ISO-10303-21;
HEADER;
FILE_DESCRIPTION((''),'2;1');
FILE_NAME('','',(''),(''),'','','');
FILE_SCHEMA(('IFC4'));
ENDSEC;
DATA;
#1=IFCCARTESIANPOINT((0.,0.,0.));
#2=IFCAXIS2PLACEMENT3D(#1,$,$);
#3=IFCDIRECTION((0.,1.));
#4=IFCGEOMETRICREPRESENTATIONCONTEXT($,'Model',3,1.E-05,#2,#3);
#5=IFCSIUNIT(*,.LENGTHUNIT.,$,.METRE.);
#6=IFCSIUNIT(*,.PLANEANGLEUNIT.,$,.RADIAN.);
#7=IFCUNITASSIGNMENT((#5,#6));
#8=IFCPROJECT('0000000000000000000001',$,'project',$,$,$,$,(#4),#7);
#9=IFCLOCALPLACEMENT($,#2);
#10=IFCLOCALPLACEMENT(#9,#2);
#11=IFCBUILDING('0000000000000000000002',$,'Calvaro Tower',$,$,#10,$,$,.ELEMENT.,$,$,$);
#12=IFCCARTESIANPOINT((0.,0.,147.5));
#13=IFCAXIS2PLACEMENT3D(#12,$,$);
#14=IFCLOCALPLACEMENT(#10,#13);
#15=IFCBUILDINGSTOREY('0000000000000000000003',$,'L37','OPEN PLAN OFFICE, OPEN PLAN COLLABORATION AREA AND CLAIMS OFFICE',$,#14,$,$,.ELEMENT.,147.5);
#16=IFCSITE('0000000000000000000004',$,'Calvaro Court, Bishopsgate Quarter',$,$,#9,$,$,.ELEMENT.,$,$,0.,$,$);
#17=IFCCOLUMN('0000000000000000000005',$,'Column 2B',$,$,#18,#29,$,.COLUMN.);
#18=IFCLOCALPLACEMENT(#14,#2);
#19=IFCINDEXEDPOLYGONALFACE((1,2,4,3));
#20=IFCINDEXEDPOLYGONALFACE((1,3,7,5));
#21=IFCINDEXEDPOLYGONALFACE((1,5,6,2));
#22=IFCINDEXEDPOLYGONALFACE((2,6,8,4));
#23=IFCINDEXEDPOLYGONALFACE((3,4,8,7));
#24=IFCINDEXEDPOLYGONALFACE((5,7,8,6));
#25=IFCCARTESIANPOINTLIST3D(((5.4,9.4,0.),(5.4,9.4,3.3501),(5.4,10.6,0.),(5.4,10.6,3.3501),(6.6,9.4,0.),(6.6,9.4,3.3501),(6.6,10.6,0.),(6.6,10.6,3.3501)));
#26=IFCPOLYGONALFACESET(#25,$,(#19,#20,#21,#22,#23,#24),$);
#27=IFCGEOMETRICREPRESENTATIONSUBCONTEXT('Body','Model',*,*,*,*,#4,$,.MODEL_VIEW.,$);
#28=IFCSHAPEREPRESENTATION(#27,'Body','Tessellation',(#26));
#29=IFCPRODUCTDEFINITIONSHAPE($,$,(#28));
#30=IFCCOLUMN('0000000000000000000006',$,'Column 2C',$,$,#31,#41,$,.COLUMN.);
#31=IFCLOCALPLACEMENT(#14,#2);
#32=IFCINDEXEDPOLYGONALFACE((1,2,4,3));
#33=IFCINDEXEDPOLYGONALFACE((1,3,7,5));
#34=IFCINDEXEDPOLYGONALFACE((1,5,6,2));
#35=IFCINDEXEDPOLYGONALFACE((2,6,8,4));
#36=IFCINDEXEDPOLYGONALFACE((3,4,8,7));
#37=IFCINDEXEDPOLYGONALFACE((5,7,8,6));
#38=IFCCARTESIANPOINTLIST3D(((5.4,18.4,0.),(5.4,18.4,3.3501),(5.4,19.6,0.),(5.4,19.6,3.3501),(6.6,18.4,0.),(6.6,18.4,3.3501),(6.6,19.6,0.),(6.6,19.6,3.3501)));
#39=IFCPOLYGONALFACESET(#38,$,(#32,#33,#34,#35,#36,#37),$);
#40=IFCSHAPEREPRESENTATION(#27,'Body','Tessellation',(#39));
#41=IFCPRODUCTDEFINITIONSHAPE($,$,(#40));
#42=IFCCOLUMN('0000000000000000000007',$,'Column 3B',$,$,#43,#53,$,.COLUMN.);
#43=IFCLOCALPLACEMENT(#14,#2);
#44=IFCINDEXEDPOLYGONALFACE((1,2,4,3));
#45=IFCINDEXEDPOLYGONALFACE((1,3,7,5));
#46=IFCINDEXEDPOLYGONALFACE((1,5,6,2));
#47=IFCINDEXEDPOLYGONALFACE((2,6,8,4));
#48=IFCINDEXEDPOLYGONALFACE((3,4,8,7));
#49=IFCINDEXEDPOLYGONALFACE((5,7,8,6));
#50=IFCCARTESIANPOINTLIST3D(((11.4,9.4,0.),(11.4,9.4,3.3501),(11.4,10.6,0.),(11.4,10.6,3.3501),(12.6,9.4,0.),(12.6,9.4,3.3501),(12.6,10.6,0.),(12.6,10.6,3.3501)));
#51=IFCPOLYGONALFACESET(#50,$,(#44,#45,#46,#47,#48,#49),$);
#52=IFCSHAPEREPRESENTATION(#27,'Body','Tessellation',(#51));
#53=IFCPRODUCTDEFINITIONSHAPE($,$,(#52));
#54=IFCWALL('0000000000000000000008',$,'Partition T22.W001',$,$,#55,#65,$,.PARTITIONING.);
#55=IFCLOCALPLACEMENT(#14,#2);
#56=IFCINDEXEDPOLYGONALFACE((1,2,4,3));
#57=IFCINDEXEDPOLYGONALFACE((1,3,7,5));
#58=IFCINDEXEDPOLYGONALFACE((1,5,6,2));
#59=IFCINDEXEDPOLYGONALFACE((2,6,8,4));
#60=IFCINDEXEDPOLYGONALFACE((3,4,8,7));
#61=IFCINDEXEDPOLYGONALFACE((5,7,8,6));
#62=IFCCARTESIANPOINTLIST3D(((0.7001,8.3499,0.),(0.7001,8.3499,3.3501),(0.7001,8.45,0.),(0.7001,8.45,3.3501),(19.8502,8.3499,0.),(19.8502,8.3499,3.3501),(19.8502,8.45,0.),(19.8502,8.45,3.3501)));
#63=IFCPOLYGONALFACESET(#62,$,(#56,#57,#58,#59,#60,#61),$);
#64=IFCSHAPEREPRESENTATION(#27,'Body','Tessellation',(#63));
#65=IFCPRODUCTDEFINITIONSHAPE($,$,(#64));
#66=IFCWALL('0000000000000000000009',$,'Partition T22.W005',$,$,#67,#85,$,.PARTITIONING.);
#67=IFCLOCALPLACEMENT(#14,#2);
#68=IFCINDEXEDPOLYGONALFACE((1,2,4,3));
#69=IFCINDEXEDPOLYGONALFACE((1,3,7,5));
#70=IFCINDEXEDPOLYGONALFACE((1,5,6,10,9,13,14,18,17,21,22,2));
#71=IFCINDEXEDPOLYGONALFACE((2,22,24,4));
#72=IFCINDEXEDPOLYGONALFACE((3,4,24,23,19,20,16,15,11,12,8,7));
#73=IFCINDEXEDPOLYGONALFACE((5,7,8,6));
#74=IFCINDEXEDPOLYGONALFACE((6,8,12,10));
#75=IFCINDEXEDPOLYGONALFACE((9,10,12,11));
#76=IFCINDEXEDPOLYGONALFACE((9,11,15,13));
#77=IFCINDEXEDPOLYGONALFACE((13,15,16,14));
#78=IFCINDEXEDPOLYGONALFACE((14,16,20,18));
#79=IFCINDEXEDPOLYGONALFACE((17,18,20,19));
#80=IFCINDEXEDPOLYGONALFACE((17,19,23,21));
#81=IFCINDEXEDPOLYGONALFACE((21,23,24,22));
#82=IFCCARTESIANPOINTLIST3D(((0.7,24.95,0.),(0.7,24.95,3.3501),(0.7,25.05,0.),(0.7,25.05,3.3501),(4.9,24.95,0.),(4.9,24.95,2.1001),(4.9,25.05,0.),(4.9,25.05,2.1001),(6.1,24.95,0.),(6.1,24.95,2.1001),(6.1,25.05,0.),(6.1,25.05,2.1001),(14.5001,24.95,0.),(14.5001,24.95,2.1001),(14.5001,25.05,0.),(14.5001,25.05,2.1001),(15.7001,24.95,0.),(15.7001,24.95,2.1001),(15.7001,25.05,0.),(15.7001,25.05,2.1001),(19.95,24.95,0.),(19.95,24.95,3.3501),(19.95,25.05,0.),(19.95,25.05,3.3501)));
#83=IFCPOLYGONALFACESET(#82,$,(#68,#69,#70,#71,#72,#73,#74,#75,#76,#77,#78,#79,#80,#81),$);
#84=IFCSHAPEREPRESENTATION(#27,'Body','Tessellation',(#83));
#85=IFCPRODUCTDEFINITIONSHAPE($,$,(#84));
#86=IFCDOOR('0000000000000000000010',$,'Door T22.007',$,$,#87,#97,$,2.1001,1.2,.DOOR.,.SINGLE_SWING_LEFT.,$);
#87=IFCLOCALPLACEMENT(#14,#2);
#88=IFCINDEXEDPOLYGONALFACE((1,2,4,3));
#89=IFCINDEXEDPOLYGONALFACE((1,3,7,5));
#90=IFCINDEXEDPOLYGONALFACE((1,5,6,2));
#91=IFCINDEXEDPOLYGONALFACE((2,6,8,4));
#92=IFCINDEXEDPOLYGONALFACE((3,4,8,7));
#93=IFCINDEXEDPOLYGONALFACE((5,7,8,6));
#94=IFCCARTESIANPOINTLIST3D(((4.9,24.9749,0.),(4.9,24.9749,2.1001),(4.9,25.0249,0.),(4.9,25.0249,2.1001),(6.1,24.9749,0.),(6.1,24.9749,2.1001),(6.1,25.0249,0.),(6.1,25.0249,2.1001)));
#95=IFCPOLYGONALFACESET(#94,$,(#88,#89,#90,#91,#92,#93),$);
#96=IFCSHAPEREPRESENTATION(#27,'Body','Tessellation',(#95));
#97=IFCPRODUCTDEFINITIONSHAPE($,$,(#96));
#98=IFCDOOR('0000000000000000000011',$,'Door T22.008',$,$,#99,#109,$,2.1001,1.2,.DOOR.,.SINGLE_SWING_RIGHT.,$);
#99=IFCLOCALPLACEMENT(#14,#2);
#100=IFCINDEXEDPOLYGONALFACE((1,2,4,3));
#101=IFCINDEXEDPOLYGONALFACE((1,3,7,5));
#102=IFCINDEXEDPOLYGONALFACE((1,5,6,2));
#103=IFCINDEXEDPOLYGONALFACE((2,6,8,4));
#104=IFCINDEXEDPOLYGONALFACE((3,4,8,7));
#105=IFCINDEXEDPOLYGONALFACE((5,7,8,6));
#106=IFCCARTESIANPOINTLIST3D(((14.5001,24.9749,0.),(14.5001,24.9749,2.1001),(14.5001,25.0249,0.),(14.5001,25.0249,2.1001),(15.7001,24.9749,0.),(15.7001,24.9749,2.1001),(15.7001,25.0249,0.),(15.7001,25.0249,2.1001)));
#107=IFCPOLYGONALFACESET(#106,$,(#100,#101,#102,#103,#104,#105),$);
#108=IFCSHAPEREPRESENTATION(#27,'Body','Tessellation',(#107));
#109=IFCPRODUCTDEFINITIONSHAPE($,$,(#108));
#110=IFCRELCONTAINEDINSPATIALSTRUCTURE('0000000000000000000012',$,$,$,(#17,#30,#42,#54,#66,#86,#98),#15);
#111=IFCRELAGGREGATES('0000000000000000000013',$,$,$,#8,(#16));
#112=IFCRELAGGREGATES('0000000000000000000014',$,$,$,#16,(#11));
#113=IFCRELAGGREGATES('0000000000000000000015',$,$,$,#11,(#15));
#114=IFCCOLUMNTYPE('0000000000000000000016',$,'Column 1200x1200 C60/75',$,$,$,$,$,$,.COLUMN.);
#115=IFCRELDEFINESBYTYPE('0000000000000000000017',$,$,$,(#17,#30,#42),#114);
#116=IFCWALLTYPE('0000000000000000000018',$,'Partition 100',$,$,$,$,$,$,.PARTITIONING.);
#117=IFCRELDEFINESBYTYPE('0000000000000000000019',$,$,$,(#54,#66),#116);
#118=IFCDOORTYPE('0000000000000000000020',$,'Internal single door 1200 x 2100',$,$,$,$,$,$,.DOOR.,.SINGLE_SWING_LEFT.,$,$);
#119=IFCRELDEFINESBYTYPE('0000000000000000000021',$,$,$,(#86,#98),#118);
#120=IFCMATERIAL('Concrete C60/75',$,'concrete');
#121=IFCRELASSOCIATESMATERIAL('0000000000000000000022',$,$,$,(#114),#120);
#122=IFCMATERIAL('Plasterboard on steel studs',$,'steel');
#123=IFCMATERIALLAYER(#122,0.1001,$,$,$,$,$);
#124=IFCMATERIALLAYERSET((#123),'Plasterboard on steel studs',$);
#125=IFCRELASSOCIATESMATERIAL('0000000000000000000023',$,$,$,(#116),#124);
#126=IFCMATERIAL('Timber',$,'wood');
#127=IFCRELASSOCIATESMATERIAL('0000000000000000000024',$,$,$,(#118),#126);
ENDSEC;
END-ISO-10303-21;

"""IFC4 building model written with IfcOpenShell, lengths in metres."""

from ifc_helpers import new_model, si_unit, direction, frame, frame_2d, origin, origin_2d, place, context, subcontext, project, spatial, rectangle, extrude, material, layer, layer_set, material_profile, profile_set, type_object, element, fill, save


model = new_model("IFC4")

# Units and contexts
model_context = context("Model", 3, precision=1e-05, world=origin(), true_north=direction((0.0, 1.0)))
body_context = subcontext(model_context, "Body", "Model", "MODEL_VIEW")
ifc_project = project(units=[si_unit("LENGTHUNIT", "METRE"), si_unit("PLANEANGLEUNIT", "RADIAN")], contexts=[model_context])

# Site, building, storey
site_placement = place(None, origin())
site = spatial("IfcSite", under=ifc_project, at=site_placement, Name="Calvaro Court, Bishopsgate Quarter", CompositionType="ELEMENT", RefElevation=0.0)
building_placement = place(site_placement, origin())
building = spatial("IfcBuilding", under=site, at=building_placement, Name="Calvaro Tower", CompositionType="ELEMENT")
storey_placement = place(building_placement, frame((0.0, 0.0, 147.5)))
storey = spatial("IfcBuildingStorey", under=building, at=storey_placement, Name="L37", Description="OPEN PLAN OFFICE, OPEN PLAN COLLABORATION AREA AND CLAIMS OFFICE", CompositionType="ELEMENT", Elevation=147.5)

# Columns
ifc_material_1 = material(Name="Concrete C60/75", Category="concrete")
ifc_material_profile = material_profile(ifc_material_1, rectangle(XDim=1.2, YDim=1.2, at=origin_2d()), Name="RC 1200x1200")
ifc_profile_set = profile_set([ifc_material_profile], Name="Concrete C60/75")
column_type = type_object("IfcColumnType", Name="Column 1200x1200 C60/75", PredefinedType="COLUMN", material=ifc_profile_set)
for number, where, z_axis, x_axis, name in (
    (1, (6.0, 10.0, 0.0), (0.0, 0.0, 1.0), (1.0, 0.0, 0.0), "Column 2B"),
    (2, (6.0, 19.0, 0.0), (0.0, 0.0, 1.0), (1.0, 0.0, 0.0), "Column 2C"),
    (3, (12.0, 10.0, 0.0), (0.0, 0.0, 1.0), (1.0, 0.0, 0.0), "Column 3B"),
):
    element("IfcColumn", number, at=place(storey_placement, frame(where, z_axis=z_axis, x_axis=x_axis)), inside=storey, type_object=column_type, Name=name, PredefinedType="COLUMN", context=body_context, shape_type="SweptSolid", body=[
        extrude(rectangle(XDim=1.2, YDim=1.2, at=origin_2d()), origin(), (0.0, 0.0, 1.0), 3.3501),
    ])

# Wall
ifc_material_2 = material(Name="Plasterboard on steel studs", Category="steel")
ifc_layer = layer(ifc_material_2, 0.1001)
ifc_layer_set = layer_set([ifc_layer], Name="Plasterboard on steel studs")
wall_type = type_object("IfcWallType", Name="Partition 100", PredefinedType="PARTITIONING", material=ifc_layer_set)
wall_1_placement = place(storey_placement, frame((0.7, 8.3999, 0.0), z_axis=(0.0, 0.0, 1.0), x_axis=(1.0, 0.0, 0.0)))
element("IfcWall", 4, at=wall_1_placement, inside=storey, type_object=wall_type, Name="Partition T22.W001", PredefinedType="PARTITIONING", context=body_context, shape_type="SweptSolid", body=[
    extrude(rectangle(XDim=19.1501, YDim=0.1001, at=frame_2d((9.5752, 0.0))), origin(), (0.0, 0.0, 1.0), 3.3501),
])

# Wall, openings, doors
wall_2_placement = place(storey_placement, frame((0.7, 25.0, 0.0), z_axis=(0.0, 0.0, 1.0), x_axis=(1.0, 0.0, 0.0)))
wall_2 = element("IfcWall", 5, at=wall_2_placement, inside=storey, type_object=wall_type, Name="Partition T22.W005", PredefinedType="PARTITIONING", context=body_context, shape_type="SweptSolid", body=[
    extrude(rectangle(XDim=19.25, YDim=0.1001, at=frame_2d((9.625, 0.0))), origin(), (0.0, 0.0, 1.0), 3.3501),
])
opening_1_placement = place(wall_2_placement, frame((4.2, 0.0, 0.0)))
opening_1 = element("IfcOpeningElement", 6, at=opening_1_placement, cuts=wall_2, PredefinedType="OPENING", context=body_context, shape_type="SweptSolid", body=[
    extrude(rectangle(XDim=1.2, YDim=2.1001, at=frame_2d((0.6001, 1.05))), frame((0.0, 0.0601, 0.0), z_axis=(0.0, -1.0, 0.0), x_axis=(1.0, 0.0, 0.0)), (0.0, 0.0, 1.0), 0.1201),
])
opening_2_placement = place(wall_2_placement, frame((13.8, 0.0, 0.0)))
opening_2 = element("IfcOpeningElement", 7, at=opening_2_placement, cuts=wall_2, PredefinedType="OPENING", context=body_context, shape_type="SweptSolid", body=[
    extrude(rectangle(XDim=1.2, YDim=2.1001, at=frame_2d((0.6001, 1.05))), frame((0.0, 0.0601, 0.0), z_axis=(0.0, -1.0, 0.0), x_axis=(1.0, 0.0, 0.0)), (0.0, 0.0, 1.0), 0.1201),
])
ifc_material_3 = material(Name="Timber", Category="wood")
door_type = type_object("IfcDoorType", Name="Internal single door 1200 x 2100", OperationType="SINGLE_SWING_LEFT", PredefinedType="DOOR", material=ifc_material_3)
door_1_placement = place(opening_1_placement, origin())
door_1 = element("IfcDoor", 8, at=door_1_placement, inside=storey, type_object=door_type, Name="Door T22.007", OperationType="SINGLE_SWING_LEFT", OverallHeight=2.1001, OverallWidth=1.2, PredefinedType="DOOR", context=body_context, shape_type="SweptSolid", body=[
    extrude(rectangle(XDim=1.2, YDim=2.1001, at=frame_2d((0.6001, 1.05))), frame((0.0, 0.0249, 0.0), z_axis=(0.0, -1.0, 0.0), x_axis=(1.0, 0.0, 0.0)), (0.0, 0.0, 1.0), 0.05),
])
fill(opening_1, door_1)
door_2_placement = place(opening_2_placement, origin())
door_2 = element("IfcDoor", 9, at=door_2_placement, inside=storey, type_object=door_type, Name="Door T22.008", OperationType="SINGLE_SWING_RIGHT", OverallHeight=2.1001, OverallWidth=1.2, PredefinedType="DOOR", context=body_context, shape_type="SweptSolid", body=[
    extrude(rectangle(XDim=1.2, YDim=2.1001, at=frame_2d((0.6001, 1.05))), frame((0.0, 0.0249, 0.0), z_axis=(0.0, -1.0, 0.0), x_axis=(1.0, 0.0, 0.0)), (0.0, 0.0, 1.0), 0.05),
])
fill(opening_2, door_2)

save(model, "model.ifc")
